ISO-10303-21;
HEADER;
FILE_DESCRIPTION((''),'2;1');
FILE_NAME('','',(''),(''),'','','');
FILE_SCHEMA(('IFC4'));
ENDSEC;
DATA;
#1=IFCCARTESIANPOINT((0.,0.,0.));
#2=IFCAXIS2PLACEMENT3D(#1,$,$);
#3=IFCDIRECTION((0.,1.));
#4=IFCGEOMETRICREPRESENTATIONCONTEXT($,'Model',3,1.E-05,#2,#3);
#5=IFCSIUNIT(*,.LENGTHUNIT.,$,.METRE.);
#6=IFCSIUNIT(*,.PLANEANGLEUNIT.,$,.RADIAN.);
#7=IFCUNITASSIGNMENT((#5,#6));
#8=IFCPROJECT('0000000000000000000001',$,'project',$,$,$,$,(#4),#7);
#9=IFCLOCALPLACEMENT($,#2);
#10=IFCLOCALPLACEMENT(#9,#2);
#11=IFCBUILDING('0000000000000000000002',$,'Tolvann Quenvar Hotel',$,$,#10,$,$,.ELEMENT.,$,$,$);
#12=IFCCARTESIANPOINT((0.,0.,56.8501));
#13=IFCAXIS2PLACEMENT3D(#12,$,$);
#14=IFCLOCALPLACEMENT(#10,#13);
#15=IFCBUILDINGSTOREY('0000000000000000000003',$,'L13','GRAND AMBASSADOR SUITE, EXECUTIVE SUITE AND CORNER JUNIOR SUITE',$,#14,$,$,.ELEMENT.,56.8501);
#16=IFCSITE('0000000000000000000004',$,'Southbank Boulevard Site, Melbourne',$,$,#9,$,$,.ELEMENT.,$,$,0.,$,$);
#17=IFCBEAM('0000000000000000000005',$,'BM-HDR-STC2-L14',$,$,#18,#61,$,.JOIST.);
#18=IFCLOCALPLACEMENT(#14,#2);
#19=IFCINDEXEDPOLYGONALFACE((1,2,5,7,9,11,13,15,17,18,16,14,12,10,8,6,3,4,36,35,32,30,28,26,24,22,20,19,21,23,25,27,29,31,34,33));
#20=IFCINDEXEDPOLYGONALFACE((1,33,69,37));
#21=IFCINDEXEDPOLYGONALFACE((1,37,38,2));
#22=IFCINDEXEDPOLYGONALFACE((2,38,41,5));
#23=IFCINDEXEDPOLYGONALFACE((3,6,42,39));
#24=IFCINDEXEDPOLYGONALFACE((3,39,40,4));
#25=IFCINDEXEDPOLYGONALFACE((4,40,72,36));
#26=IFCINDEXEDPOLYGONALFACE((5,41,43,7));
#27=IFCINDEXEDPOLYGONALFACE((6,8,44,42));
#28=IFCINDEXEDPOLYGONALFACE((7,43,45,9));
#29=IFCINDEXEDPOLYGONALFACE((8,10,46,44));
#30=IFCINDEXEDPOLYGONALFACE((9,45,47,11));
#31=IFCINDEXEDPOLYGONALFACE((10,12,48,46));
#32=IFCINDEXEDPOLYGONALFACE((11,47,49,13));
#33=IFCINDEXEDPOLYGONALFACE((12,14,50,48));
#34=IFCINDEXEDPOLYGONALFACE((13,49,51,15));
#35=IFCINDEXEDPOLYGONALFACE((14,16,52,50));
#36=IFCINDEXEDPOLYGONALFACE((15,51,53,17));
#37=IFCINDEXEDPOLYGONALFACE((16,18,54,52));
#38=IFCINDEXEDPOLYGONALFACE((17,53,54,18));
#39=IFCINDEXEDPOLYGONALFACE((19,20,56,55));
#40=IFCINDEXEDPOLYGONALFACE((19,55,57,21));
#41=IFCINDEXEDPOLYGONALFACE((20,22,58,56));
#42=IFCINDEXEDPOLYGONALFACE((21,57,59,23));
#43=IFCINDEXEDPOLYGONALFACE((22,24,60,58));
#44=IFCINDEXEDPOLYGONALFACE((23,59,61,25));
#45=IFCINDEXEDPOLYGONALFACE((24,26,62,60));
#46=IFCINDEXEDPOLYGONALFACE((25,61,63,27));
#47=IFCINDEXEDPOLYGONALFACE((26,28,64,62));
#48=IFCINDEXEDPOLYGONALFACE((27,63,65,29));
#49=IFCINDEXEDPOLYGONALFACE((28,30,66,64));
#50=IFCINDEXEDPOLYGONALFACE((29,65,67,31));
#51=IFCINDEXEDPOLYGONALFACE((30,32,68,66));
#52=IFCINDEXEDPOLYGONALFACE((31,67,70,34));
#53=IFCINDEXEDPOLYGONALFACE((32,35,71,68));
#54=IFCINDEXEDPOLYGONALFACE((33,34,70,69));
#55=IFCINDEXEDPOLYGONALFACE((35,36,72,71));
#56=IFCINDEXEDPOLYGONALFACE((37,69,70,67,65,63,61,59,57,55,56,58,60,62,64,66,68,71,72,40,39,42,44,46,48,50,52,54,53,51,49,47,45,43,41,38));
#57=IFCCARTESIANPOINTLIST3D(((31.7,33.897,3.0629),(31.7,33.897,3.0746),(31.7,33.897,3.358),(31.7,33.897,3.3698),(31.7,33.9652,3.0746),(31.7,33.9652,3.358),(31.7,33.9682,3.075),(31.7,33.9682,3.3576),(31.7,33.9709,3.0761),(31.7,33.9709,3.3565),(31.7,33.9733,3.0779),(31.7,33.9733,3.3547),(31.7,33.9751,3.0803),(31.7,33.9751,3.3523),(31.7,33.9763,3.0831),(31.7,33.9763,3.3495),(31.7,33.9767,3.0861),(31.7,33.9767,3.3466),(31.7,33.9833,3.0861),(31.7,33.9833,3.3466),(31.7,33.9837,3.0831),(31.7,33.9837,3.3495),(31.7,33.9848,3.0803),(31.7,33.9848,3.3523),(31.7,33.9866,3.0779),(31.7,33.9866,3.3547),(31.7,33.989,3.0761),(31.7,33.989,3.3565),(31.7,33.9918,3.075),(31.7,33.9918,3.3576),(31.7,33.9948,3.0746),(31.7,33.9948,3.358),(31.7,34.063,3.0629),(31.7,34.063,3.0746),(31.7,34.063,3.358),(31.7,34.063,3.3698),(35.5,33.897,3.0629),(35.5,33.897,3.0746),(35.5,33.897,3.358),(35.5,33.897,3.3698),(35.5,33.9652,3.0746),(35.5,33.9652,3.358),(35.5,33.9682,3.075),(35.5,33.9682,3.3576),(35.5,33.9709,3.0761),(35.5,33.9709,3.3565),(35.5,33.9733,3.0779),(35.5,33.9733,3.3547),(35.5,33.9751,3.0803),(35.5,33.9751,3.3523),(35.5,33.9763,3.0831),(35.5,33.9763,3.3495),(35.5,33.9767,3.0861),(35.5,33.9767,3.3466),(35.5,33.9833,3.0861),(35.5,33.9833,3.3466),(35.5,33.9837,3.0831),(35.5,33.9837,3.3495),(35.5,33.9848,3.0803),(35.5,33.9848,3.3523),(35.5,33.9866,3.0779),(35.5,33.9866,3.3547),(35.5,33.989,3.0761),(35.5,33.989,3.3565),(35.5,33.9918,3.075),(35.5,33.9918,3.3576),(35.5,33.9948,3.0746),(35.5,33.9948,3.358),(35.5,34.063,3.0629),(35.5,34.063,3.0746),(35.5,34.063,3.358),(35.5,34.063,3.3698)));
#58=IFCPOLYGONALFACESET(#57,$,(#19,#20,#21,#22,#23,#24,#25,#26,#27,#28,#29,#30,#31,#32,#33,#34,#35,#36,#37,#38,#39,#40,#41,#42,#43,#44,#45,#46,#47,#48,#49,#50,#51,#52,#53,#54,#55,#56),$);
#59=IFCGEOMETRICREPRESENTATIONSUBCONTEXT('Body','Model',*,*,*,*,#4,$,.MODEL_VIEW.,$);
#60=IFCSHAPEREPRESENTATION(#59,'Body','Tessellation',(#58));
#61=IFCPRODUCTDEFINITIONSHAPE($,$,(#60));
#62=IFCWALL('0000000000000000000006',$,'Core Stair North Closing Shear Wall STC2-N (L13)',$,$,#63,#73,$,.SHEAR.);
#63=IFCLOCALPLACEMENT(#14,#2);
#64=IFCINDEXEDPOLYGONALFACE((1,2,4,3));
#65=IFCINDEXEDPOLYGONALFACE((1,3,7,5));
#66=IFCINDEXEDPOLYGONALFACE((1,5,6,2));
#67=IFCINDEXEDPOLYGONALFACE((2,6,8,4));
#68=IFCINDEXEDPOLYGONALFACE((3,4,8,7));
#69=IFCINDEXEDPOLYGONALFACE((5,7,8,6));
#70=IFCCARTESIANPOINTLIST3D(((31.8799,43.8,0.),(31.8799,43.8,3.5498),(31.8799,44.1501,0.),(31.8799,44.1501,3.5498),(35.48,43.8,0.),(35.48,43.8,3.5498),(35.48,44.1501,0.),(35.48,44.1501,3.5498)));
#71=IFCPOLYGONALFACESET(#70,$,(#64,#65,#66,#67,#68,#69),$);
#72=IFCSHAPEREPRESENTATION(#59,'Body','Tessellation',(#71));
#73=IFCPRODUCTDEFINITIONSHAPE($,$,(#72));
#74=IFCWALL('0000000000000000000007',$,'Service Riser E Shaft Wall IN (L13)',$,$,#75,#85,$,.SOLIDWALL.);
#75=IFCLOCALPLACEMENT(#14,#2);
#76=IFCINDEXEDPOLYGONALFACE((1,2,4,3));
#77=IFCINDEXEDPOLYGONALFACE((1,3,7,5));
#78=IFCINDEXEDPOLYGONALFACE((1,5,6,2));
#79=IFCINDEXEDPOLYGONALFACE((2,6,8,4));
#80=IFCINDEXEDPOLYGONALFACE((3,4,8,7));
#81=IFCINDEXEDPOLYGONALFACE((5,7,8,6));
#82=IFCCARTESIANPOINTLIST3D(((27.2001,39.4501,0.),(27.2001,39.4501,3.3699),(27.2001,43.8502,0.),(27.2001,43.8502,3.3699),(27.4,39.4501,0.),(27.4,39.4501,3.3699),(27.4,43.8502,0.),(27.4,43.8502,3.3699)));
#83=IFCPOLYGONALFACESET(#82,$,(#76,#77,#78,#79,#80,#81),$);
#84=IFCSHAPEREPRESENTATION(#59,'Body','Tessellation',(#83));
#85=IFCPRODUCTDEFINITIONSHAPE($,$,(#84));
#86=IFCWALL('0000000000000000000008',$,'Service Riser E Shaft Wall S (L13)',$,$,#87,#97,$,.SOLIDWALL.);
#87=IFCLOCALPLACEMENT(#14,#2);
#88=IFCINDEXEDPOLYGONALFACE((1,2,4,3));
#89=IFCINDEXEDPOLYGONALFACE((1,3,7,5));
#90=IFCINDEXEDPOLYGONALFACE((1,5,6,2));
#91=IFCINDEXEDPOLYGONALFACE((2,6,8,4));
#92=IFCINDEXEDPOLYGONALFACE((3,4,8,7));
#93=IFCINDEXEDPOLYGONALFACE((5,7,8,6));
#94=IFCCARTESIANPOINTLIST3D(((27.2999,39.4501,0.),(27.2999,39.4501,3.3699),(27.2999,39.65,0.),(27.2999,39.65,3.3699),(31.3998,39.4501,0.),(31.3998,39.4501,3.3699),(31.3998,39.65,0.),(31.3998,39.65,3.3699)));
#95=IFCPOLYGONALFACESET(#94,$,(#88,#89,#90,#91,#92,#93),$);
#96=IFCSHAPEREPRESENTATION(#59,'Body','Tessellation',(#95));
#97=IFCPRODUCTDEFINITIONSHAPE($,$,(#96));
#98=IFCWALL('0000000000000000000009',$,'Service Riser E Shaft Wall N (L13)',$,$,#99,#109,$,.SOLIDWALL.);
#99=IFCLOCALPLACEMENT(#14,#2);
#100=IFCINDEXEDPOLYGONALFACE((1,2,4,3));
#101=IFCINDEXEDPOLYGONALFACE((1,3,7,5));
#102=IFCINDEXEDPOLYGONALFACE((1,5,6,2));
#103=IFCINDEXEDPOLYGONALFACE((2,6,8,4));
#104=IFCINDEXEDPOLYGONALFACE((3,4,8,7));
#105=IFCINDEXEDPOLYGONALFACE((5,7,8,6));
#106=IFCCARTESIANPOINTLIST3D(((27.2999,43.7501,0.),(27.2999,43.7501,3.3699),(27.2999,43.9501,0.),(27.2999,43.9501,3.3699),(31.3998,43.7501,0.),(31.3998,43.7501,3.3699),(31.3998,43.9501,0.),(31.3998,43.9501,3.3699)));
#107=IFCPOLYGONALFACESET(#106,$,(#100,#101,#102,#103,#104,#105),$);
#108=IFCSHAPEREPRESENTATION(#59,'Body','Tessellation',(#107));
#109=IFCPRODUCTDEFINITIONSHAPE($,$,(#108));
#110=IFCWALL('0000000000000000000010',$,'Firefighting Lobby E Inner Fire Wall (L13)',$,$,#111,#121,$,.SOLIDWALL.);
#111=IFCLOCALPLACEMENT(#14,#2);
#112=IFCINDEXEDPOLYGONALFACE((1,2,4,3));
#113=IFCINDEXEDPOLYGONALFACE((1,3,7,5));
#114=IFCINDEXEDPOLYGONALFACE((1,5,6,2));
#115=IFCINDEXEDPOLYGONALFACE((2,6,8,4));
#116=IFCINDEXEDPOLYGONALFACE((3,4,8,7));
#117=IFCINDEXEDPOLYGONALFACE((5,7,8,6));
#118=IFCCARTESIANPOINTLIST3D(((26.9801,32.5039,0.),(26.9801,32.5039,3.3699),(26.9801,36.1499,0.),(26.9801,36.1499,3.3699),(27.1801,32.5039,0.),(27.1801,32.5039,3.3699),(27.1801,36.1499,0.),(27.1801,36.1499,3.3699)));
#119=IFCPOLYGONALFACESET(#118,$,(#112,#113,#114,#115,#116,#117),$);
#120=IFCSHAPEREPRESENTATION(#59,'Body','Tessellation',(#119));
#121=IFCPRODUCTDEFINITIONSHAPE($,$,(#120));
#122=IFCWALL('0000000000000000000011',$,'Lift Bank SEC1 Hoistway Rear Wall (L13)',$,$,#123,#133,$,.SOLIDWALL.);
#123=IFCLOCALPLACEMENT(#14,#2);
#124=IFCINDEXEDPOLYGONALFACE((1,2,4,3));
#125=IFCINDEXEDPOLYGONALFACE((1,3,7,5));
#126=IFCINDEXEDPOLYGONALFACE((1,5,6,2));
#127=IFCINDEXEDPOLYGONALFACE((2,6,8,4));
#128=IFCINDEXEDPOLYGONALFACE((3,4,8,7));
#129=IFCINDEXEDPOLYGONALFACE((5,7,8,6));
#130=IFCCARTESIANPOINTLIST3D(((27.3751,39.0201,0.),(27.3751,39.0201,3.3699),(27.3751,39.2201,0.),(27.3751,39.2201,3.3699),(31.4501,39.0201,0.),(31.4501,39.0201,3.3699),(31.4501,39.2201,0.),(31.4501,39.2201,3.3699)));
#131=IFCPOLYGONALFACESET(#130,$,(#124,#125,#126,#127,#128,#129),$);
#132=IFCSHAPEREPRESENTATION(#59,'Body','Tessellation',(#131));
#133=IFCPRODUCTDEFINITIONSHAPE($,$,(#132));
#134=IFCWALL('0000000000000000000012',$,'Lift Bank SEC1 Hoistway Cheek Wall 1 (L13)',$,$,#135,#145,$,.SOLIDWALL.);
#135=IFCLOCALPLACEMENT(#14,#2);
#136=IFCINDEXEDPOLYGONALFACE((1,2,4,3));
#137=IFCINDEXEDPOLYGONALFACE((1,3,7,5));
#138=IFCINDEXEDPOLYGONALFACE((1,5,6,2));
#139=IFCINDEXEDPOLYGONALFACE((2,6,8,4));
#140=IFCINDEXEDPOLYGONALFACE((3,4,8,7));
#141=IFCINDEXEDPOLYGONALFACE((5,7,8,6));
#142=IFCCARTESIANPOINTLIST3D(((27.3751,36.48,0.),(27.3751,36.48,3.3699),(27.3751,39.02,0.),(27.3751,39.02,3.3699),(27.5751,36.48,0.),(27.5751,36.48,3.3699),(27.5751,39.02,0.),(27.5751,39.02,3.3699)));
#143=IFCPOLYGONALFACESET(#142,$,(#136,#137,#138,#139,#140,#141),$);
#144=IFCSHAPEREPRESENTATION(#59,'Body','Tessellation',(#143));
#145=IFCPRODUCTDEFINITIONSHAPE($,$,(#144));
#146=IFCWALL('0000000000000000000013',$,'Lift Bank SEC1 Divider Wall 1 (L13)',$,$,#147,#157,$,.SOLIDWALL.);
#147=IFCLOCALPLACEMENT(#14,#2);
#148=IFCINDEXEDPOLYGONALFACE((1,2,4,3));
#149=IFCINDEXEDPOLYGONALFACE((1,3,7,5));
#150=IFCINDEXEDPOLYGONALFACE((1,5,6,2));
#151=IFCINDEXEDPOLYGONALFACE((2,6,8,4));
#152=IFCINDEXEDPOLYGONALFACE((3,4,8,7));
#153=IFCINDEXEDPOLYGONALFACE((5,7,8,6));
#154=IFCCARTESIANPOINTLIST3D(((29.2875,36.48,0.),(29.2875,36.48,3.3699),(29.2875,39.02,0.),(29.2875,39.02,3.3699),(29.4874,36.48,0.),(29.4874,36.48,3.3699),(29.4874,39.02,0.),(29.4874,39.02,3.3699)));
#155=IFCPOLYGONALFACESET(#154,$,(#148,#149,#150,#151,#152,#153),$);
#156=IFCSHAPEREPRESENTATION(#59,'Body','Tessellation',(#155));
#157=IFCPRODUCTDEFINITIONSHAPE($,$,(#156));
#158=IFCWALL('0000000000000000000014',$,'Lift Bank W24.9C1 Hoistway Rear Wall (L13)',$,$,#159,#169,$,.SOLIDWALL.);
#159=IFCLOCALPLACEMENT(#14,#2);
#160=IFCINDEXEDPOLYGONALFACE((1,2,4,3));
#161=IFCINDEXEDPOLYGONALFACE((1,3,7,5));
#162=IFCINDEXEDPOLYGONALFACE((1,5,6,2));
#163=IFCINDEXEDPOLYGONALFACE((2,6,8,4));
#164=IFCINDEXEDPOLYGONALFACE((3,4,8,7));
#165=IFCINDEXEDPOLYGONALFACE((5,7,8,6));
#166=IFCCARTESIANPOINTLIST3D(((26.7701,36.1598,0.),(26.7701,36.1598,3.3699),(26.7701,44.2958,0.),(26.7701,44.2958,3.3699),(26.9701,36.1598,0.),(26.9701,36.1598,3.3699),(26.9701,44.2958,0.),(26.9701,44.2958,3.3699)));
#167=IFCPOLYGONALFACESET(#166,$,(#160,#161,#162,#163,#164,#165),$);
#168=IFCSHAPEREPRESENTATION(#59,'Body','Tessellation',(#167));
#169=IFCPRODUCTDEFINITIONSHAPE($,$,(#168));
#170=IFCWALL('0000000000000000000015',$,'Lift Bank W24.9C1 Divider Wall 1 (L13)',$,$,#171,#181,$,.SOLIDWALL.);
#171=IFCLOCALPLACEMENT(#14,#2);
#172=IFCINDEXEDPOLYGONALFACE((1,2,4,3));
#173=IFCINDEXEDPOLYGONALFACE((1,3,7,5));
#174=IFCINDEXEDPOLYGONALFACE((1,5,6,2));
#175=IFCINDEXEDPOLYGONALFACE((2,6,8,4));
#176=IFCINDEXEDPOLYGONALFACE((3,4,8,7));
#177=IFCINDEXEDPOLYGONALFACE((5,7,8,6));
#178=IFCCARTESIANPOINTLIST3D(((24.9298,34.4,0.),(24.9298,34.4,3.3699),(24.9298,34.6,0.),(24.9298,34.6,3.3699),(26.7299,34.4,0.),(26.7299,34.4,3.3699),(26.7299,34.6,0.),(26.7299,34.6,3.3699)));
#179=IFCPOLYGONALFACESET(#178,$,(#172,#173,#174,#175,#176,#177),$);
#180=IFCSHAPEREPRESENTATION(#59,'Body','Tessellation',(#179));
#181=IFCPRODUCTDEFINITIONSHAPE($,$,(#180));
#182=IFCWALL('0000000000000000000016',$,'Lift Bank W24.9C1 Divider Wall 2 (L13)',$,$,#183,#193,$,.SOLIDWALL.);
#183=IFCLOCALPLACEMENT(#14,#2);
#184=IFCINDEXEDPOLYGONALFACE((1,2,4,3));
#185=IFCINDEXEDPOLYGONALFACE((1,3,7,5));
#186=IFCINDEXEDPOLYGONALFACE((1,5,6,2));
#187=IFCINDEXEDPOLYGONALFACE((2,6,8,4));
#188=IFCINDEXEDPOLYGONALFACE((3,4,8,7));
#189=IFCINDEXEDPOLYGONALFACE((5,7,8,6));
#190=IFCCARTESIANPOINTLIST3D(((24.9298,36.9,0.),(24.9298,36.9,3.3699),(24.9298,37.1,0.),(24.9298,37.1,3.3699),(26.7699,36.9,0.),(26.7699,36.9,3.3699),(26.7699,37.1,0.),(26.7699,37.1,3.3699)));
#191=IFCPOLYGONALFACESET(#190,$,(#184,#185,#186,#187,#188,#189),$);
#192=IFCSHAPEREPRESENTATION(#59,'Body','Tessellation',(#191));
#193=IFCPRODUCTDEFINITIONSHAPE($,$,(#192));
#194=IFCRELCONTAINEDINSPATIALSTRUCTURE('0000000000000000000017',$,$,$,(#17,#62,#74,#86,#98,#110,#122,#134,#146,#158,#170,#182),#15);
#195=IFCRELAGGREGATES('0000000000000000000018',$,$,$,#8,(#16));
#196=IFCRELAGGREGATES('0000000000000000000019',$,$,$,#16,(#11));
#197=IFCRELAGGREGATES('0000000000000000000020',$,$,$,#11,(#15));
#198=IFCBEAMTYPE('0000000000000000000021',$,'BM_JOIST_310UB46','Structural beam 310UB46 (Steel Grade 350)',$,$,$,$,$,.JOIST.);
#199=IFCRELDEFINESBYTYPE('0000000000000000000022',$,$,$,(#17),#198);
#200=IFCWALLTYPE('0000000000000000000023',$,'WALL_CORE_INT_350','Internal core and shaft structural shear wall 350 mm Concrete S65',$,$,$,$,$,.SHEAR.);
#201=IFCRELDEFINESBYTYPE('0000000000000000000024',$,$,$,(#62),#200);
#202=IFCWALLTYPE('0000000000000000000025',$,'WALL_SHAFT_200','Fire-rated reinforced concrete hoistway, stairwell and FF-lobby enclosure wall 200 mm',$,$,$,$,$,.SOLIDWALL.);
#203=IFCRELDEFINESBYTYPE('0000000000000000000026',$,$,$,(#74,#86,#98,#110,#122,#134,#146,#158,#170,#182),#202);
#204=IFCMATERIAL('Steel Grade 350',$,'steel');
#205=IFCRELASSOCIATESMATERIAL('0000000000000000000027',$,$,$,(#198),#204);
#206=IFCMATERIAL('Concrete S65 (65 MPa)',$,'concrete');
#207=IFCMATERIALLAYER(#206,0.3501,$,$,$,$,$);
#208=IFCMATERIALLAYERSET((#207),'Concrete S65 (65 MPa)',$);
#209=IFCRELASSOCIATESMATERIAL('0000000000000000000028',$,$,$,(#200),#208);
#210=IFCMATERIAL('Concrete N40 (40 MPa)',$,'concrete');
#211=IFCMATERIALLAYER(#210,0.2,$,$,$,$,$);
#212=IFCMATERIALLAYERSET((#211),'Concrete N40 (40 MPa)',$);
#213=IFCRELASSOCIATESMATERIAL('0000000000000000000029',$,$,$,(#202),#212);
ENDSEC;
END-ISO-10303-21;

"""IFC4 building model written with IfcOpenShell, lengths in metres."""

from ifc_helpers import new_model, si_unit, direction, frame, frame_2d, origin, origin_2d, place, context, subcontext, project, spatial, rectangle, i_section, extrude, source, transform, mapped, material, layer, layer_set, material_profile, profile_set, type_object, type_shapes, element, save


model = new_model("IFC4")

# Units and contexts
model_context = context("Model", 3, precision=1e-05, world=origin(), true_north=direction((0.0, 1.0)))
body_context = subcontext(model_context, "Body", "Model", "MODEL_VIEW")
ifc_project = project(units=[si_unit("LENGTHUNIT", "METRE"), si_unit("PLANEANGLEUNIT", "RADIAN")], contexts=[model_context])

# Site, building, storey
site_placement = place(None, origin())
site = spatial("IfcSite", under=ifc_project, at=site_placement, Name="Southbank Boulevard Site, Melbourne", CompositionType="ELEMENT", RefElevation=0.0)
building_placement = place(site_placement, origin())
building = spatial("IfcBuilding", under=site, at=building_placement, Name="Tolvann Quenvar Hotel", CompositionType="ELEMENT")
storey_placement = place(building_placement, frame((0.0, 0.0, 56.8501)))
storey = spatial("IfcBuildingStorey", under=building, at=storey_placement, Name="L13", Description="GRAND AMBASSADOR SUITE, EXECUTIVE SUITE AND CORNER JUNIOR SUITE", CompositionType="ELEMENT", Elevation=56.8501)

# Beam
ifc_material_1 = material(Name="Steel Grade 350", Category="steel")
ifc_material_profile = material_profile(ifc_material_1, i_section(OverallWidth=0.166, OverallDepth=0.3069, WebThickness=0.0066, FlangeThickness=0.0117, FilletRadius=0.0115, at=origin_2d()), Name="310UB46")
ifc_profile_set = profile_set([ifc_material_profile], Name="Steel Grade 350")
beam_type = type_object("IfcBeamType", Name="BM_JOIST_310UB46", Description="Structural beam 310UB46 (Steel Grade 350)", PredefinedType="JOIST", material=ifc_profile_set)
shared_shape_1 = source(origin(), body_context, "Body", "SweptSolid", [
    extrude(i_section(OverallWidth=0.166, OverallDepth=0.3069, WebThickness=0.0066, FlangeThickness=0.0117, FilletRadius=0.0115, at=origin_2d()), origin(), (0.0, 0.0, 1.0), 3.8),
])
type_shapes(beam_type, [shared_shape_1])
beam_placement = place(storey_placement, frame((31.7, 33.98, 3.2163), z_axis=(1.0, 0.0, 0.0), x_axis=(0.0, 1.0, 0.0)))
element("IfcBeam", 1, at=beam_placement, inside=storey, type_object=beam_type, Name="BM-HDR-STC2-L14", PredefinedType="JOIST", context=body_context, shape_type="MappedRepresentation", body=[
    mapped(shared_shape_1, transform((0.0, 0.0, 0.0), x_axis=(1.0, 0.0, 0.0), y_axis=(0.0, 1.0, 0.0), z_axis=(0.0, 0.0, 1.0), scale=1.0)),
])

# Walls
ifc_material_2 = material(Name="Concrete S65 (65 MPa)", Category="concrete")
ifc_layer_1 = layer(ifc_material_2, 0.3501)
ifc_layer_set_1 = layer_set([ifc_layer_1], Name="Concrete S65 (65 MPa)")
wall_type_1 = type_object("IfcWallType", Name="WALL_CORE_INT_350", Description="Internal core and shaft structural shear wall 350 mm Concrete S65", PredefinedType="SHEAR", material=ifc_layer_set_1)
wall_1_placement = place(storey_placement, frame((31.8799, 43.9751, 0.0), z_axis=(0.0, 0.0, 1.0), x_axis=(1.0, 0.0, 0.0)))
element("IfcWall", 2, at=wall_1_placement, inside=storey, type_object=wall_type_1, Name="Core Stair North Closing Shear Wall STC2-N (L13)", PredefinedType="SHEAR", context=body_context, shape_type="SweptSolid", body=[
    extrude(rectangle(XDim=3.6001, YDim=0.3501, at=frame_2d((1.8, 0.0))), origin(), (0.0, 0.0, 1.0), 3.5498),
])
ifc_material_3 = material(Name="Concrete N40 (40 MPa)", Category="concrete")
ifc_layer_2 = layer(ifc_material_3, 0.2)
ifc_layer_set_2 = layer_set([ifc_layer_2], Name="Concrete N40 (40 MPa)")
wall_type_2 = type_object("IfcWallType", Name="WALL_SHAFT_200", Description="Fire-rated reinforced concrete hoistway, stairwell and FF-lobby enclosure wall 200 mm", PredefinedType="SOLIDWALL", material=ifc_layer_set_2)
wall_2_placement = place(storey_placement, frame((27.3, 39.45, 0.0), z_axis=(0.0, 0.0, 1.0), x_axis=(0.0, 1.0, 0.0)))
element("IfcWall", 3, at=wall_2_placement, inside=storey, type_object=wall_type_2, Name="Service Riser E Shaft Wall IN (L13)", PredefinedType="SOLIDWALL", context=body_context, shape_type="SweptSolid", body=[
    extrude(rectangle(XDim=4.4001, YDim=0.2, at=frame_2d((2.2002, 0.0))), origin(), (0.0, 0.0, 1.0), 3.3699),
])
for number, where, z_axis, x_axis, name in (
    (4, (27.3, 39.55, 0.0), (0.0, 0.0, 1.0), (1.0, 0.0, 0.0), "Service Riser E Shaft Wall S (L13)"),
    (5, (27.3, 43.8501, 0.0), (0.0, 0.0, 1.0), (1.0, 0.0, 0.0), "Service Riser E Shaft Wall N (L13)"),
):
    element("IfcWall", number, at=place(storey_placement, frame(where, z_axis=z_axis, x_axis=x_axis)), inside=storey, type_object=wall_type_2, Name=name, PredefinedType="SOLIDWALL", context=body_context, shape_type="SweptSolid", body=[
        extrude(rectangle(XDim=4.0999, YDim=0.2, at=frame_2d((2.0498, 0.0))), origin(), (0.0, 0.0, 1.0), 3.3699),
    ])
wall_3_placement = place(storey_placement, frame((27.0801, 32.5039, 0.0), z_axis=(0.0, 0.0, 1.0), x_axis=(0.0, 1.0, 0.0)))
element("IfcWall", 6, at=wall_3_placement, inside=storey, type_object=wall_type_2, Name="Firefighting Lobby E Inner Fire Wall (L13)", PredefinedType="SOLIDWALL", context=body_context, shape_type="SweptSolid", body=[
    extrude(rectangle(XDim=3.646, YDim=0.2, at=frame_2d((1.823, 0.0))), origin(), (0.0, 0.0, 1.0), 3.3699),
])

# Walls
wall_4_placement = place(storey_placement, frame((27.375, 39.1201, 0.0), z_axis=(0.0, 0.0, 1.0), x_axis=(1.0, 0.0, 0.0)))
element("IfcWall", 7, at=wall_4_placement, inside=storey, type_object=wall_type_2, Name="Lift Bank SEC1 Hoistway Rear Wall (L13)", PredefinedType="SOLIDWALL", context=body_context, shape_type="SweptSolid", body=[
    extrude(rectangle(XDim=4.075, YDim=0.2, at=frame_2d((2.0376, 0.0))), origin(), (0.0, 0.0, 1.0), 3.3699),
])
for number, where, z_axis, x_axis, name in (
    (8, (27.4751, 36.48, 0.0), (0.0, 0.0, 1.0), (0.0, 1.0, 0.0), "Lift Bank SEC1 Hoistway Cheek Wall 1 (L13)"),
    (9, (29.3875, 36.48, 0.0), (0.0, 0.0, 1.0), (0.0, 1.0, 0.0), "Lift Bank SEC1 Divider Wall 1 (L13)"),
):
    element("IfcWall", number, at=place(storey_placement, frame(where, z_axis=z_axis, x_axis=x_axis)), inside=storey, type_object=wall_type_2, Name=name, PredefinedType="SOLIDWALL", context=body_context, shape_type="SweptSolid", body=[
        extrude(rectangle(XDim=2.54, YDim=0.2, at=frame_2d((1.27, 0.0))), origin(), (0.0, 0.0, 1.0), 3.3699),
    ])
wall_5_placement = place(storey_placement, frame((26.8701, 36.1599, 0.0), z_axis=(0.0, 0.0, 1.0), x_axis=(0.0, 1.0, 0.0)))
element("IfcWall", 10, at=wall_5_placement, inside=storey, type_object=wall_type_2, Name="Lift Bank W24.9C1 Hoistway Rear Wall (L13)", PredefinedType="SOLIDWALL", context=body_context, shape_type="SweptSolid", body=[
    extrude(rectangle(XDim=8.136, YDim=0.2, at=frame_2d((4.0679, 0.0))), origin(), (0.0, 0.0, 1.0), 3.3699),
])
wall_6_placement = place(storey_placement, frame((24.9299, 34.5, 0.0), z_axis=(0.0, 0.0, 1.0), x_axis=(1.0, 0.0, 0.0)))
element("IfcWall", 11, at=wall_6_placement, inside=storey, type_object=wall_type_2, Name="Lift Bank W24.9C1 Divider Wall 1 (L13)", PredefinedType="SOLIDWALL", context=body_context, shape_type="SweptSolid", body=[
    extrude(rectangle(XDim=1.8, YDim=0.2, at=frame_2d((0.8999, 0.0))), origin(), (0.0, 0.0, 1.0), 3.3699),
])
for number, where, z_axis, x_axis, name in (
    (12, (24.9299, 37.0, 0.0), (0.0, 0.0, 1.0), (1.0, 0.0, 0.0), "Lift Bank W24.9C1 Divider Wall 2 (L13)"),
):
    element("IfcWall", number, at=place(storey_placement, frame(where, z_axis=z_axis, x_axis=x_axis)), inside=storey, type_object=wall_type_2, Name=name, PredefinedType="SOLIDWALL", context=body_context, shape_type="SweptSolid", body=[
        extrude(rectangle(XDim=1.8401, YDim=0.2, at=frame_2d((0.9199, 0.0))), origin(), (0.0, 0.0, 1.0), 3.3699),
    ])

save(model, "model.ifc")
